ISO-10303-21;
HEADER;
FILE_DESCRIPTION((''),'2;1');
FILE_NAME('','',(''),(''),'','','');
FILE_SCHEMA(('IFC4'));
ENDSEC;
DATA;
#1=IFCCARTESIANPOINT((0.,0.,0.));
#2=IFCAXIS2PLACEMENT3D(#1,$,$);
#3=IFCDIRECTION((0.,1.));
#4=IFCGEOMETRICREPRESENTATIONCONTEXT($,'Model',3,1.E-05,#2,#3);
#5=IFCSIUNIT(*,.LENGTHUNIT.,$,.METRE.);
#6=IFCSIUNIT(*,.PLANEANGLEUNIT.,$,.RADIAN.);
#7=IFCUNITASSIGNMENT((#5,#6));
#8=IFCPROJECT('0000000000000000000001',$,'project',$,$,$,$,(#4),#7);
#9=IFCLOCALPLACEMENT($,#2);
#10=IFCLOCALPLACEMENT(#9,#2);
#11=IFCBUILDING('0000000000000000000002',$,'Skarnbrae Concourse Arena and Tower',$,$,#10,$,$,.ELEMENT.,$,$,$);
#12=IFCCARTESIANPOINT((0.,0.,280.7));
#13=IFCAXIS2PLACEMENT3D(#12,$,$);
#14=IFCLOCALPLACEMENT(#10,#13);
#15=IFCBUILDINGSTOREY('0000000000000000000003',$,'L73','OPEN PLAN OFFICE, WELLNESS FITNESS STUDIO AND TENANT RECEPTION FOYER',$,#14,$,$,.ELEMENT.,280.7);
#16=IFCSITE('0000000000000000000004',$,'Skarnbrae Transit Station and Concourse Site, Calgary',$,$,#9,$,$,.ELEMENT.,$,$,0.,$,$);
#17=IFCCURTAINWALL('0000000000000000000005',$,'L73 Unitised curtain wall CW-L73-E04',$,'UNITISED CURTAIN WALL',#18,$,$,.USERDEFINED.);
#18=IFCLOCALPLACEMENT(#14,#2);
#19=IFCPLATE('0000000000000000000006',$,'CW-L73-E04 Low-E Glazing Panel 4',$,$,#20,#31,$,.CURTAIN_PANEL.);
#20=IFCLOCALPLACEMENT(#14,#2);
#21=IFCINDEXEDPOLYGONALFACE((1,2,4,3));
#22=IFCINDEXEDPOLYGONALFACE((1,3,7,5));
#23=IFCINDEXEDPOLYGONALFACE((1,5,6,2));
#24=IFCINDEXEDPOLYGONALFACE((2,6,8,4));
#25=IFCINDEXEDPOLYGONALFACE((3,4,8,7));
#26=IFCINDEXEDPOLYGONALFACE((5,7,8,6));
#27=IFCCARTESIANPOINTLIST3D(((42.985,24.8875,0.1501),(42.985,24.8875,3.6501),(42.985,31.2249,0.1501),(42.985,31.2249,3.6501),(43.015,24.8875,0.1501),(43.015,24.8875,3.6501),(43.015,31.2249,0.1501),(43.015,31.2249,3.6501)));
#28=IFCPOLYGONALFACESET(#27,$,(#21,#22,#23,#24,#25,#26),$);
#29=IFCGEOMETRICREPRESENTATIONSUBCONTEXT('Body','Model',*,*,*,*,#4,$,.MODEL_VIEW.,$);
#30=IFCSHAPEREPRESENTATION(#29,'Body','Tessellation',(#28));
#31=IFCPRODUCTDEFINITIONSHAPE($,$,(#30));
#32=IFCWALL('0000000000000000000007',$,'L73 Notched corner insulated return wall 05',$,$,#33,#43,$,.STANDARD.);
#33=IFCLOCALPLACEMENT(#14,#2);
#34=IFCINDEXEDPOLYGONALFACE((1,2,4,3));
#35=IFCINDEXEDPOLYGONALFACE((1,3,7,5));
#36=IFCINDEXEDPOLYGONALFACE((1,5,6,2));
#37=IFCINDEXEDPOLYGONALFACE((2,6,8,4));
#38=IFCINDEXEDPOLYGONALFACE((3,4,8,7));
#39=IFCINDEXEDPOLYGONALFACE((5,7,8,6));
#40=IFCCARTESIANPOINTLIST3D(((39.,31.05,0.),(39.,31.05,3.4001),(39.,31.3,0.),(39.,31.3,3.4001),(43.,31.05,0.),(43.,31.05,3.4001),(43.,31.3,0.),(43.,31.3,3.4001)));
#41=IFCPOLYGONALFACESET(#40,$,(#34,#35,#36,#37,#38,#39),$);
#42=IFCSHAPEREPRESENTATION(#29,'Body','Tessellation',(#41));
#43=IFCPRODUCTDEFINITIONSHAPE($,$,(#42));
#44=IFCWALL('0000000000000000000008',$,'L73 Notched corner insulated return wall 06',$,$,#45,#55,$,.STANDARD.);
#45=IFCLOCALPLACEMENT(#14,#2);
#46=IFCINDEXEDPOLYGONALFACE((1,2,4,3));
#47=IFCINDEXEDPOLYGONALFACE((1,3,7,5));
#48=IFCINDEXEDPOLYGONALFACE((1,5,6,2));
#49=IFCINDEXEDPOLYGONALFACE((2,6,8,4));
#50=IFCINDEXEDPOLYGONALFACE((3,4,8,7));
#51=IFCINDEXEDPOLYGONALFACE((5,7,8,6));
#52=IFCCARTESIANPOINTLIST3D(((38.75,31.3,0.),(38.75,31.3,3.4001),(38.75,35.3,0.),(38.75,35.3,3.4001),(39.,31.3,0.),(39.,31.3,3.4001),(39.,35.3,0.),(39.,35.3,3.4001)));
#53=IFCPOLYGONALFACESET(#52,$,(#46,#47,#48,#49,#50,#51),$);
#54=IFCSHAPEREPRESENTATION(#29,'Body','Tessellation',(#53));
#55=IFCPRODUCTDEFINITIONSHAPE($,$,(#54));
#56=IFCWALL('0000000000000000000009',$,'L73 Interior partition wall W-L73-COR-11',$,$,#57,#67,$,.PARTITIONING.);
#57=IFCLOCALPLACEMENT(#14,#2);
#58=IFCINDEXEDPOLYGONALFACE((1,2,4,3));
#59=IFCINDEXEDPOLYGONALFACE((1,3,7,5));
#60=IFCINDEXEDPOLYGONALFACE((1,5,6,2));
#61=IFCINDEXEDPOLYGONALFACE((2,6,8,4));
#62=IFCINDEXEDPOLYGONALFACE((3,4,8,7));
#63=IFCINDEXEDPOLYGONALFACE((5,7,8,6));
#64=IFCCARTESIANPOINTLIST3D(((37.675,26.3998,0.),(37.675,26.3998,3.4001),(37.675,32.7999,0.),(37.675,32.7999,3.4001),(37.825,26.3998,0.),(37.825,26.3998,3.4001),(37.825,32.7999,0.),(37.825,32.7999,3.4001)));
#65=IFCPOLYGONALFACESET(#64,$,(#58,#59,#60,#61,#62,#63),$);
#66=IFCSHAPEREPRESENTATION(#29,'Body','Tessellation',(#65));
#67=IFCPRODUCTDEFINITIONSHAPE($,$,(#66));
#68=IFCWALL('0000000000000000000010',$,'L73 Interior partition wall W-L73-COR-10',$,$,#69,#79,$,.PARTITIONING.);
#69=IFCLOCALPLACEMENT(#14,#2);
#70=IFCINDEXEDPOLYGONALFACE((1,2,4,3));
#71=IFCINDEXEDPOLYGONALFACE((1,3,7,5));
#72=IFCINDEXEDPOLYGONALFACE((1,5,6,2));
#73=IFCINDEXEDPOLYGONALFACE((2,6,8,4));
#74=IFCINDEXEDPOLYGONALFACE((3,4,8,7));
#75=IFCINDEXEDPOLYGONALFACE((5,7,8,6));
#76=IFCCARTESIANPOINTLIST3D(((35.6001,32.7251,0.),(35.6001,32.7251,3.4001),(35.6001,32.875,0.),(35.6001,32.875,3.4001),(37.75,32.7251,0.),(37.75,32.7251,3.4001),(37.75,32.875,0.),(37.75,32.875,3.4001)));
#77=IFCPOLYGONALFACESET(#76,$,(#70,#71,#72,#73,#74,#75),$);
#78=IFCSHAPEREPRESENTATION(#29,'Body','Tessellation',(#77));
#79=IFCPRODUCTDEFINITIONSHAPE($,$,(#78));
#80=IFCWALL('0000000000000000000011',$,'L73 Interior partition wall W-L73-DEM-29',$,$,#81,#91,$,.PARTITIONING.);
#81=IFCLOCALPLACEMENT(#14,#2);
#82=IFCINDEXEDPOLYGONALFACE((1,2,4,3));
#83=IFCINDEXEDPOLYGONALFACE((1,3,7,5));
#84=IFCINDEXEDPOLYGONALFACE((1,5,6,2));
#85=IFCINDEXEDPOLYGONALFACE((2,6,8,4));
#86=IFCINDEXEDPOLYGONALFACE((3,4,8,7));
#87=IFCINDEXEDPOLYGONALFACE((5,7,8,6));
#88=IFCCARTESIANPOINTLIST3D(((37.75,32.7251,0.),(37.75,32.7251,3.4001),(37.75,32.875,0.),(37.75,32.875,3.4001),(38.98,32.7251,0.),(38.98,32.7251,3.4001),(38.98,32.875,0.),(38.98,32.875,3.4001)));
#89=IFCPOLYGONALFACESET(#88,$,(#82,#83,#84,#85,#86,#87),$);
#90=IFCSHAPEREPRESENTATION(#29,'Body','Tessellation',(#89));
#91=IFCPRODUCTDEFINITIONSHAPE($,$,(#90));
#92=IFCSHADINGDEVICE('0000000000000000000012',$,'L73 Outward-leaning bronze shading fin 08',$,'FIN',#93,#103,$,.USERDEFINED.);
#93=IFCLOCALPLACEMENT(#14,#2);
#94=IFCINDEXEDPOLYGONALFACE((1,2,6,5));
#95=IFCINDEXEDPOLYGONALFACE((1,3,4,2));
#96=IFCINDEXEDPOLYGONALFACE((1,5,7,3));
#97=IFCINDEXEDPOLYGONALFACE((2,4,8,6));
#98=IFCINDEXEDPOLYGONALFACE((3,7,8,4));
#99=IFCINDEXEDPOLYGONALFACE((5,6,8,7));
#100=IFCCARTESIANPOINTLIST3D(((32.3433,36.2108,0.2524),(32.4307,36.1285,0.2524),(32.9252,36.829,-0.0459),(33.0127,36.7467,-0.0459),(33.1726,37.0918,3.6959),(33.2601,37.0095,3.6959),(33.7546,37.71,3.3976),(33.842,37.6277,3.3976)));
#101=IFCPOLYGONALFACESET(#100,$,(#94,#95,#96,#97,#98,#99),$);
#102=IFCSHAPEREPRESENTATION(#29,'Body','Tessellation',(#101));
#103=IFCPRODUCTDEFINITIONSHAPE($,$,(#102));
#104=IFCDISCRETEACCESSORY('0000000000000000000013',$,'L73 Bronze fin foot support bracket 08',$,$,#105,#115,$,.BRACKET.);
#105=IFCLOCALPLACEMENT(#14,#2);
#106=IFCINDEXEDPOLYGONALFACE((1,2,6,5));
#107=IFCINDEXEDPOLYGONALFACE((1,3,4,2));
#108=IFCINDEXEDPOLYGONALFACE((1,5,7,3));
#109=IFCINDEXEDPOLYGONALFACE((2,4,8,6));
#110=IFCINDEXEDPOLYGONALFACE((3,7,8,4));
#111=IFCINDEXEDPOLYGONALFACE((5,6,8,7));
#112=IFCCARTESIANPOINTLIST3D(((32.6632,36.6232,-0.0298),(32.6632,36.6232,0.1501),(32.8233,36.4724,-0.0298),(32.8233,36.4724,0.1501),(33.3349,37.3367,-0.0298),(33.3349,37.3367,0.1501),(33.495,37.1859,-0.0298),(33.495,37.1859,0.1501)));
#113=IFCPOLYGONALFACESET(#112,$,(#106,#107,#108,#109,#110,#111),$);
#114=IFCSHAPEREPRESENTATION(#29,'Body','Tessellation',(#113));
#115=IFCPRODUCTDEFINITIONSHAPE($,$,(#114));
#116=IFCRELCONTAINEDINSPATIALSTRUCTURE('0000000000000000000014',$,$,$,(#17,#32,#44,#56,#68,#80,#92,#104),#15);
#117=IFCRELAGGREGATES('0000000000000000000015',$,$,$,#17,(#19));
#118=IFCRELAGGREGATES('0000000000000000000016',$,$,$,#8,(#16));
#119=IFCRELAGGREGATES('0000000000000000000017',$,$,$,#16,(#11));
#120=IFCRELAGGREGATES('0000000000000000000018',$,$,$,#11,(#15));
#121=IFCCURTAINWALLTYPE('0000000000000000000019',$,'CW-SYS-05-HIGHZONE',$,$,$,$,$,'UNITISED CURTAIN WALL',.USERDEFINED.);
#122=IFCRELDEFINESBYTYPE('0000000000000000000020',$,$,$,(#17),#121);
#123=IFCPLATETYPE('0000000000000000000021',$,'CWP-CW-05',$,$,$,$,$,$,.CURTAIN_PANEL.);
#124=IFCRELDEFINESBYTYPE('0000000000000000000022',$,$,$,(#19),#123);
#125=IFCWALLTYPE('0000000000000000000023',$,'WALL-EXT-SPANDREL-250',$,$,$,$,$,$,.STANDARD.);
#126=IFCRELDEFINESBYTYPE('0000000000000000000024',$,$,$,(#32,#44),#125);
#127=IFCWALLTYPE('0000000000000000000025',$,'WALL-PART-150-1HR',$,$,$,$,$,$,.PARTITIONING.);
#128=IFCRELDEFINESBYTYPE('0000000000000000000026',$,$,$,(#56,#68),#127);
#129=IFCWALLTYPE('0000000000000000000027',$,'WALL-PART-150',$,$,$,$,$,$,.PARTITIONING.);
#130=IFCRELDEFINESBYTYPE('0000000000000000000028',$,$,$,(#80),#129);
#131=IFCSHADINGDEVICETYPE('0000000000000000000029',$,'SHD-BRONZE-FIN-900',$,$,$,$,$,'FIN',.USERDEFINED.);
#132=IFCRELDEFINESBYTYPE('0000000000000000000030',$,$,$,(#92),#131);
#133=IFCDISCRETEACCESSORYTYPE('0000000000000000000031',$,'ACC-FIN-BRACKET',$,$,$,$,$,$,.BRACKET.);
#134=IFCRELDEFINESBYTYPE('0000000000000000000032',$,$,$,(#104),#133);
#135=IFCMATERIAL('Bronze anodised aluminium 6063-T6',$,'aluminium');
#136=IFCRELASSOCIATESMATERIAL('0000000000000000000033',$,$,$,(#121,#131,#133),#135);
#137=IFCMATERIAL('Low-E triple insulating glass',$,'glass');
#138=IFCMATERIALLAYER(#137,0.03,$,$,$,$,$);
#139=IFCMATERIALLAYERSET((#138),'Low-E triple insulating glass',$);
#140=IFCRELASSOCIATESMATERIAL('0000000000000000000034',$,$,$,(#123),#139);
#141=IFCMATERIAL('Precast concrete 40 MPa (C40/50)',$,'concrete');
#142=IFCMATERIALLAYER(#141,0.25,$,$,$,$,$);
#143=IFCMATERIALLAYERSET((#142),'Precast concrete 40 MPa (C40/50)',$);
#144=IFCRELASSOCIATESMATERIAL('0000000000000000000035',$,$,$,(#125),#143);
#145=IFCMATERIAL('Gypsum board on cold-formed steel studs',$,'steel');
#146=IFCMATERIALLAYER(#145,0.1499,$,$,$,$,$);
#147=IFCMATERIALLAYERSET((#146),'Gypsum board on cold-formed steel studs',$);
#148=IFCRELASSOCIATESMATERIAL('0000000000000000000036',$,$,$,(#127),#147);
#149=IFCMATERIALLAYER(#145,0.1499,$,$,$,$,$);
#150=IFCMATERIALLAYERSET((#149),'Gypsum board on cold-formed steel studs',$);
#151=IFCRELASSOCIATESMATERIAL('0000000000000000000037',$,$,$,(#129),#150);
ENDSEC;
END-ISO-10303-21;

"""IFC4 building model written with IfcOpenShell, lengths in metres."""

from ifc_helpers import new_model, si_unit, direction, frame, frame_2d, origin, origin_2d, place, context, subcontext, project, spatial, rectangle, extrude, source, transform, mapped, material, layer, layer_set, type_object, element, aggregate, save


model = new_model("IFC4")

# Units and contexts
model_context = context("Model", 3, precision=1e-05, world=origin(), true_north=direction((0.0, 1.0)))
body_context = subcontext(model_context, "Body", "Model", "MODEL_VIEW")
ifc_project = project(units=[si_unit("LENGTHUNIT", "METRE"), si_unit("PLANEANGLEUNIT", "RADIAN")], contexts=[model_context])

# Site, building, storey
site_placement = place(None, origin())
site = spatial("IfcSite", under=ifc_project, at=site_placement, Name="Skarnbrae Transit Station and Concourse Site, Calgary", CompositionType="ELEMENT", RefElevation=0.0)
building_placement = place(site_placement, origin())
building = spatial("IfcBuilding", under=site, at=building_placement, Name="Skarnbrae Concourse Arena and Tower", CompositionType="ELEMENT")
storey_placement = place(building_placement, frame((0.0, 0.0, 280.7)))
storey = spatial("IfcBuildingStorey", under=building, at=storey_placement, Name="L73", Description="OPEN PLAN OFFICE, WELLNESS FITNESS STUDIO AND TENANT RECEPTION FOYER", CompositionType="ELEMENT", Elevation=280.7)

# Curtain wall
ifc_material_1 = material(Name="Bronze anodised aluminium 6063-T6", Category="aluminium")
curtain_wall_type = type_object("IfcCurtainWallType", Name="CW-SYS-05-HIGHZONE", ElementType="UNITISED CURTAIN WALL", PredefinedType="USERDEFINED", material=ifc_material_1)
curtain_wall_1_placement = place(storey_placement, origin())
curtain_wall_1 = element("IfcCurtainWall", 1, at=curtain_wall_1_placement, inside=storey, type_object=curtain_wall_type, Name="L73 Unitised curtain wall CW-L73-E04", ObjectType="UNITISED CURTAIN WALL", PredefinedType="USERDEFINED")

# Plate
ifc_material_2 = material(Name="Low-E triple insulating glass", Category="glass")
ifc_layer_1 = layer(ifc_material_2, 0.03)
ifc_layer_set_1 = layer_set([ifc_layer_1], Name="Low-E triple insulating glass")
plate_type = type_object("IfcPlateType", Name="CWP-CW-05", PredefinedType="CURTAIN_PANEL", material=ifc_layer_set_1)
shared_shape_1 = source(origin(), body_context, "Body", "SweptSolid", [
    extrude(rectangle(XDim=6.3374, YDim=0.03, at=origin_2d()), origin(), (0.0, 0.0, 1.0), 3.5),
])
plate_1_placement = place(storey_placement, frame((43.0, 28.0562, 0.1501), z_axis=(0.0, 0.0, 1.0), x_axis=(0.0, 1.0, 0.0)))
plate_1 = element("IfcPlate", 2, at=plate_1_placement, type_object=plate_type, Name="CW-L73-E04 Low-E Glazing Panel 4", PredefinedType="CURTAIN_PANEL", context=body_context, shape_type="MappedRepresentation", body=[
    mapped(shared_shape_1, transform((0.0, 0.0, 0.0))),
])
aggregate(curtain_wall_1, [plate_1])

# Walls
ifc_material_3 = material(Name="Precast concrete 40 MPa (C40/50)", Category="concrete")
ifc_layer_2 = layer(ifc_material_3, 0.25)
ifc_layer_set_2 = layer_set([ifc_layer_2], Name="Precast concrete 40 MPa (C40/50)")
wall_type_1 = type_object("IfcWallType", Name="WALL-EXT-SPANDREL-250", PredefinedType="STANDARD", material=ifc_layer_set_2)
shared_shape_2 = source(origin(), body_context, "Body", "SweptSolid", [
    extrude(rectangle(XDim=4.0, YDim=0.25, at=frame_2d((2.0, 0.0))), origin(), (0.0, 0.0, 1.0), 3.4001),
])
for number, where, z_axis, x_axis, name in (
    (3, (43.0, 31.175, 0.0), (0.0, 0.0, 1.0), (-1.0, 0.0, 0.0), "L73 Notched corner insulated return wall 05"),
    (4, (38.875, 31.3, 0.0), (0.0, 0.0, 1.0), (0.0, 1.0, 0.0), "L73 Notched corner insulated return wall 06"),
):
    element("IfcWall", number, at=place(storey_placement, frame(where, z_axis=z_axis, x_axis=x_axis)), inside=storey, type_object=wall_type_1, Name=name, PredefinedType="STANDARD", context=body_context, shape_type="MappedRepresentation", body=[
        mapped(shared_shape_2, transform((0.0, 0.0, 0.0))),
    ])
ifc_material_4 = material(Name="Gypsum board on cold-formed steel studs", Category="steel")
ifc_layer_3 = layer(ifc_material_4, 0.1499)
ifc_layer_set_3 = layer_set([ifc_layer_3], Name="Gypsum board on cold-formed steel studs")
wall_type_2 = type_object("IfcWallType", Name="WALL-PART-150-1HR", PredefinedType="PARTITIONING", material=ifc_layer_set_3)
shared_shape_3 = source(origin(), body_context, "Body", "SweptSolid", [
    extrude(rectangle(XDim=6.4001, YDim=0.1499, at=frame_2d((3.2002, 0.0))), origin(), (0.0, 0.0, 1.0), 3.4001),
])
wall_1_placement = place(storey_placement, frame((37.75, 32.8, 0.0), z_axis=(0.0, 0.0, 1.0), x_axis=(0.0, -1.0, 0.0)))
element("IfcWall", 5, at=wall_1_placement, inside=storey, type_object=wall_type_2, Name="L73 Interior partition wall W-L73-COR-11", PredefinedType="PARTITIONING", context=body_context, shape_type="MappedRepresentation", body=[
    mapped(shared_shape_3, transform((0.0, 0.0, 0.0))),
])
shared_shape_4 = source(origin(), body_context, "Body", "SweptSolid", [
    extrude(rectangle(XDim=2.1499, YDim=0.1499, at=frame_2d((1.075, 0.0))), origin(), (0.0, 0.0, 1.0), 3.4001),
])
wall_2_placement = place(storey_placement, frame((35.6001, 32.8, 0.0), z_axis=(0.0, 0.0, 1.0), x_axis=(1.0, 0.0, 0.0)))
element("IfcWall", 6, at=wall_2_placement, inside=storey, type_object=wall_type_2, Name="L73 Interior partition wall W-L73-COR-10", PredefinedType="PARTITIONING", context=body_context, shape_type="MappedRepresentation", body=[
    mapped(shared_shape_4, transform((0.0, 0.0, 0.0))),
])
ifc_layer_4 = layer(ifc_material_4, 0.1499)
ifc_layer_set_4 = layer_set([ifc_layer_4], Name="Gypsum board on cold-formed steel studs")
wall_type_3 = type_object("IfcWallType", Name="WALL-PART-150", PredefinedType="PARTITIONING", material=ifc_layer_set_4)
shared_shape_5 = source(origin(), body_context, "Body", "SweptSolid", [
    extrude(rectangle(XDim=1.23, YDim=0.1499, at=frame_2d((0.615, 0.0))), origin(), (0.0, 0.0, 1.0), 3.4001),
])
wall_3_placement = place(storey_placement, frame((38.98, 32.8, 0.0), z_axis=(0.0, 0.0, 1.0), x_axis=(-1.0, 0.0, 0.0)))
element("IfcWall", 7, at=wall_3_placement, inside=storey, type_object=wall_type_3, Name="L73 Interior partition wall W-L73-DEM-29", PredefinedType="PARTITIONING", context=body_context, shape_type="MappedRepresentation", body=[
    mapped(shared_shape_5, transform((0.0, 0.0, 0.0))),
])

# Shading device
shading_device_type = type_object("IfcShadingDeviceType", Name="SHD-BRONZE-FIN-900", ElementType="FIN", PredefinedType="USERDEFINED", material=ifc_material_1)
shared_shape_6 = source(origin(), body_context, "Body", "SweptSolid", [
    extrude(rectangle(XDim=0.1201, YDim=0.8999, at=origin_2d()), origin(), (0.0, 0.0, 1.0), 3.6499),
])
shading_device_placement = place(storey_placement, frame((32.678, 36.4788, 0.1033), z_axis=(0.227224, 0.241378, 0.943454), x_axis=(0.728132, -0.685437, 0.0)))
element("IfcShadingDevice", 8, at=shading_device_placement, inside=storey, type_object=shading_device_type, Name="L73 Outward-leaning bronze shading fin 08", ObjectType="FIN", PredefinedType="USERDEFINED", context=body_context, shape_type="MappedRepresentation", body=[
    mapped(shared_shape_6, transform((0.0, 0.0, 0.0))),
])

# Discrete accessory
discrete_accessory_type = type_object("IfcDiscreteAccessoryType", Name="ACC-FIN-BRACKET", PredefinedType="BRACKET", material=ifc_material_1)
shared_shape_7 = source(origin(), body_context, "Body", "SweptSolid", [
    extrude(rectangle(XDim=0.22, YDim=0.98, at=origin_2d()), origin(), (0.0, 0.0, 1.0), 0.1799),
])
discrete_accessory_placement = place(storey_placement, frame((33.0791, 36.9045, -0.0298), z_axis=(0.0, 0.0, 1.0), x_axis=(0.728132, -0.685437, 0.0)))
element("IfcDiscreteAccessory", 9, at=discrete_accessory_placement, inside=storey, type_object=discrete_accessory_type, Name="L73 Bronze fin foot support bracket 08", PredefinedType="BRACKET", context=body_context, shape_type="MappedRepresentation", body=[
    mapped(shared_shape_7, transform((0.0, 0.0, 0.0))),
])

save(model, "model.ifc")
